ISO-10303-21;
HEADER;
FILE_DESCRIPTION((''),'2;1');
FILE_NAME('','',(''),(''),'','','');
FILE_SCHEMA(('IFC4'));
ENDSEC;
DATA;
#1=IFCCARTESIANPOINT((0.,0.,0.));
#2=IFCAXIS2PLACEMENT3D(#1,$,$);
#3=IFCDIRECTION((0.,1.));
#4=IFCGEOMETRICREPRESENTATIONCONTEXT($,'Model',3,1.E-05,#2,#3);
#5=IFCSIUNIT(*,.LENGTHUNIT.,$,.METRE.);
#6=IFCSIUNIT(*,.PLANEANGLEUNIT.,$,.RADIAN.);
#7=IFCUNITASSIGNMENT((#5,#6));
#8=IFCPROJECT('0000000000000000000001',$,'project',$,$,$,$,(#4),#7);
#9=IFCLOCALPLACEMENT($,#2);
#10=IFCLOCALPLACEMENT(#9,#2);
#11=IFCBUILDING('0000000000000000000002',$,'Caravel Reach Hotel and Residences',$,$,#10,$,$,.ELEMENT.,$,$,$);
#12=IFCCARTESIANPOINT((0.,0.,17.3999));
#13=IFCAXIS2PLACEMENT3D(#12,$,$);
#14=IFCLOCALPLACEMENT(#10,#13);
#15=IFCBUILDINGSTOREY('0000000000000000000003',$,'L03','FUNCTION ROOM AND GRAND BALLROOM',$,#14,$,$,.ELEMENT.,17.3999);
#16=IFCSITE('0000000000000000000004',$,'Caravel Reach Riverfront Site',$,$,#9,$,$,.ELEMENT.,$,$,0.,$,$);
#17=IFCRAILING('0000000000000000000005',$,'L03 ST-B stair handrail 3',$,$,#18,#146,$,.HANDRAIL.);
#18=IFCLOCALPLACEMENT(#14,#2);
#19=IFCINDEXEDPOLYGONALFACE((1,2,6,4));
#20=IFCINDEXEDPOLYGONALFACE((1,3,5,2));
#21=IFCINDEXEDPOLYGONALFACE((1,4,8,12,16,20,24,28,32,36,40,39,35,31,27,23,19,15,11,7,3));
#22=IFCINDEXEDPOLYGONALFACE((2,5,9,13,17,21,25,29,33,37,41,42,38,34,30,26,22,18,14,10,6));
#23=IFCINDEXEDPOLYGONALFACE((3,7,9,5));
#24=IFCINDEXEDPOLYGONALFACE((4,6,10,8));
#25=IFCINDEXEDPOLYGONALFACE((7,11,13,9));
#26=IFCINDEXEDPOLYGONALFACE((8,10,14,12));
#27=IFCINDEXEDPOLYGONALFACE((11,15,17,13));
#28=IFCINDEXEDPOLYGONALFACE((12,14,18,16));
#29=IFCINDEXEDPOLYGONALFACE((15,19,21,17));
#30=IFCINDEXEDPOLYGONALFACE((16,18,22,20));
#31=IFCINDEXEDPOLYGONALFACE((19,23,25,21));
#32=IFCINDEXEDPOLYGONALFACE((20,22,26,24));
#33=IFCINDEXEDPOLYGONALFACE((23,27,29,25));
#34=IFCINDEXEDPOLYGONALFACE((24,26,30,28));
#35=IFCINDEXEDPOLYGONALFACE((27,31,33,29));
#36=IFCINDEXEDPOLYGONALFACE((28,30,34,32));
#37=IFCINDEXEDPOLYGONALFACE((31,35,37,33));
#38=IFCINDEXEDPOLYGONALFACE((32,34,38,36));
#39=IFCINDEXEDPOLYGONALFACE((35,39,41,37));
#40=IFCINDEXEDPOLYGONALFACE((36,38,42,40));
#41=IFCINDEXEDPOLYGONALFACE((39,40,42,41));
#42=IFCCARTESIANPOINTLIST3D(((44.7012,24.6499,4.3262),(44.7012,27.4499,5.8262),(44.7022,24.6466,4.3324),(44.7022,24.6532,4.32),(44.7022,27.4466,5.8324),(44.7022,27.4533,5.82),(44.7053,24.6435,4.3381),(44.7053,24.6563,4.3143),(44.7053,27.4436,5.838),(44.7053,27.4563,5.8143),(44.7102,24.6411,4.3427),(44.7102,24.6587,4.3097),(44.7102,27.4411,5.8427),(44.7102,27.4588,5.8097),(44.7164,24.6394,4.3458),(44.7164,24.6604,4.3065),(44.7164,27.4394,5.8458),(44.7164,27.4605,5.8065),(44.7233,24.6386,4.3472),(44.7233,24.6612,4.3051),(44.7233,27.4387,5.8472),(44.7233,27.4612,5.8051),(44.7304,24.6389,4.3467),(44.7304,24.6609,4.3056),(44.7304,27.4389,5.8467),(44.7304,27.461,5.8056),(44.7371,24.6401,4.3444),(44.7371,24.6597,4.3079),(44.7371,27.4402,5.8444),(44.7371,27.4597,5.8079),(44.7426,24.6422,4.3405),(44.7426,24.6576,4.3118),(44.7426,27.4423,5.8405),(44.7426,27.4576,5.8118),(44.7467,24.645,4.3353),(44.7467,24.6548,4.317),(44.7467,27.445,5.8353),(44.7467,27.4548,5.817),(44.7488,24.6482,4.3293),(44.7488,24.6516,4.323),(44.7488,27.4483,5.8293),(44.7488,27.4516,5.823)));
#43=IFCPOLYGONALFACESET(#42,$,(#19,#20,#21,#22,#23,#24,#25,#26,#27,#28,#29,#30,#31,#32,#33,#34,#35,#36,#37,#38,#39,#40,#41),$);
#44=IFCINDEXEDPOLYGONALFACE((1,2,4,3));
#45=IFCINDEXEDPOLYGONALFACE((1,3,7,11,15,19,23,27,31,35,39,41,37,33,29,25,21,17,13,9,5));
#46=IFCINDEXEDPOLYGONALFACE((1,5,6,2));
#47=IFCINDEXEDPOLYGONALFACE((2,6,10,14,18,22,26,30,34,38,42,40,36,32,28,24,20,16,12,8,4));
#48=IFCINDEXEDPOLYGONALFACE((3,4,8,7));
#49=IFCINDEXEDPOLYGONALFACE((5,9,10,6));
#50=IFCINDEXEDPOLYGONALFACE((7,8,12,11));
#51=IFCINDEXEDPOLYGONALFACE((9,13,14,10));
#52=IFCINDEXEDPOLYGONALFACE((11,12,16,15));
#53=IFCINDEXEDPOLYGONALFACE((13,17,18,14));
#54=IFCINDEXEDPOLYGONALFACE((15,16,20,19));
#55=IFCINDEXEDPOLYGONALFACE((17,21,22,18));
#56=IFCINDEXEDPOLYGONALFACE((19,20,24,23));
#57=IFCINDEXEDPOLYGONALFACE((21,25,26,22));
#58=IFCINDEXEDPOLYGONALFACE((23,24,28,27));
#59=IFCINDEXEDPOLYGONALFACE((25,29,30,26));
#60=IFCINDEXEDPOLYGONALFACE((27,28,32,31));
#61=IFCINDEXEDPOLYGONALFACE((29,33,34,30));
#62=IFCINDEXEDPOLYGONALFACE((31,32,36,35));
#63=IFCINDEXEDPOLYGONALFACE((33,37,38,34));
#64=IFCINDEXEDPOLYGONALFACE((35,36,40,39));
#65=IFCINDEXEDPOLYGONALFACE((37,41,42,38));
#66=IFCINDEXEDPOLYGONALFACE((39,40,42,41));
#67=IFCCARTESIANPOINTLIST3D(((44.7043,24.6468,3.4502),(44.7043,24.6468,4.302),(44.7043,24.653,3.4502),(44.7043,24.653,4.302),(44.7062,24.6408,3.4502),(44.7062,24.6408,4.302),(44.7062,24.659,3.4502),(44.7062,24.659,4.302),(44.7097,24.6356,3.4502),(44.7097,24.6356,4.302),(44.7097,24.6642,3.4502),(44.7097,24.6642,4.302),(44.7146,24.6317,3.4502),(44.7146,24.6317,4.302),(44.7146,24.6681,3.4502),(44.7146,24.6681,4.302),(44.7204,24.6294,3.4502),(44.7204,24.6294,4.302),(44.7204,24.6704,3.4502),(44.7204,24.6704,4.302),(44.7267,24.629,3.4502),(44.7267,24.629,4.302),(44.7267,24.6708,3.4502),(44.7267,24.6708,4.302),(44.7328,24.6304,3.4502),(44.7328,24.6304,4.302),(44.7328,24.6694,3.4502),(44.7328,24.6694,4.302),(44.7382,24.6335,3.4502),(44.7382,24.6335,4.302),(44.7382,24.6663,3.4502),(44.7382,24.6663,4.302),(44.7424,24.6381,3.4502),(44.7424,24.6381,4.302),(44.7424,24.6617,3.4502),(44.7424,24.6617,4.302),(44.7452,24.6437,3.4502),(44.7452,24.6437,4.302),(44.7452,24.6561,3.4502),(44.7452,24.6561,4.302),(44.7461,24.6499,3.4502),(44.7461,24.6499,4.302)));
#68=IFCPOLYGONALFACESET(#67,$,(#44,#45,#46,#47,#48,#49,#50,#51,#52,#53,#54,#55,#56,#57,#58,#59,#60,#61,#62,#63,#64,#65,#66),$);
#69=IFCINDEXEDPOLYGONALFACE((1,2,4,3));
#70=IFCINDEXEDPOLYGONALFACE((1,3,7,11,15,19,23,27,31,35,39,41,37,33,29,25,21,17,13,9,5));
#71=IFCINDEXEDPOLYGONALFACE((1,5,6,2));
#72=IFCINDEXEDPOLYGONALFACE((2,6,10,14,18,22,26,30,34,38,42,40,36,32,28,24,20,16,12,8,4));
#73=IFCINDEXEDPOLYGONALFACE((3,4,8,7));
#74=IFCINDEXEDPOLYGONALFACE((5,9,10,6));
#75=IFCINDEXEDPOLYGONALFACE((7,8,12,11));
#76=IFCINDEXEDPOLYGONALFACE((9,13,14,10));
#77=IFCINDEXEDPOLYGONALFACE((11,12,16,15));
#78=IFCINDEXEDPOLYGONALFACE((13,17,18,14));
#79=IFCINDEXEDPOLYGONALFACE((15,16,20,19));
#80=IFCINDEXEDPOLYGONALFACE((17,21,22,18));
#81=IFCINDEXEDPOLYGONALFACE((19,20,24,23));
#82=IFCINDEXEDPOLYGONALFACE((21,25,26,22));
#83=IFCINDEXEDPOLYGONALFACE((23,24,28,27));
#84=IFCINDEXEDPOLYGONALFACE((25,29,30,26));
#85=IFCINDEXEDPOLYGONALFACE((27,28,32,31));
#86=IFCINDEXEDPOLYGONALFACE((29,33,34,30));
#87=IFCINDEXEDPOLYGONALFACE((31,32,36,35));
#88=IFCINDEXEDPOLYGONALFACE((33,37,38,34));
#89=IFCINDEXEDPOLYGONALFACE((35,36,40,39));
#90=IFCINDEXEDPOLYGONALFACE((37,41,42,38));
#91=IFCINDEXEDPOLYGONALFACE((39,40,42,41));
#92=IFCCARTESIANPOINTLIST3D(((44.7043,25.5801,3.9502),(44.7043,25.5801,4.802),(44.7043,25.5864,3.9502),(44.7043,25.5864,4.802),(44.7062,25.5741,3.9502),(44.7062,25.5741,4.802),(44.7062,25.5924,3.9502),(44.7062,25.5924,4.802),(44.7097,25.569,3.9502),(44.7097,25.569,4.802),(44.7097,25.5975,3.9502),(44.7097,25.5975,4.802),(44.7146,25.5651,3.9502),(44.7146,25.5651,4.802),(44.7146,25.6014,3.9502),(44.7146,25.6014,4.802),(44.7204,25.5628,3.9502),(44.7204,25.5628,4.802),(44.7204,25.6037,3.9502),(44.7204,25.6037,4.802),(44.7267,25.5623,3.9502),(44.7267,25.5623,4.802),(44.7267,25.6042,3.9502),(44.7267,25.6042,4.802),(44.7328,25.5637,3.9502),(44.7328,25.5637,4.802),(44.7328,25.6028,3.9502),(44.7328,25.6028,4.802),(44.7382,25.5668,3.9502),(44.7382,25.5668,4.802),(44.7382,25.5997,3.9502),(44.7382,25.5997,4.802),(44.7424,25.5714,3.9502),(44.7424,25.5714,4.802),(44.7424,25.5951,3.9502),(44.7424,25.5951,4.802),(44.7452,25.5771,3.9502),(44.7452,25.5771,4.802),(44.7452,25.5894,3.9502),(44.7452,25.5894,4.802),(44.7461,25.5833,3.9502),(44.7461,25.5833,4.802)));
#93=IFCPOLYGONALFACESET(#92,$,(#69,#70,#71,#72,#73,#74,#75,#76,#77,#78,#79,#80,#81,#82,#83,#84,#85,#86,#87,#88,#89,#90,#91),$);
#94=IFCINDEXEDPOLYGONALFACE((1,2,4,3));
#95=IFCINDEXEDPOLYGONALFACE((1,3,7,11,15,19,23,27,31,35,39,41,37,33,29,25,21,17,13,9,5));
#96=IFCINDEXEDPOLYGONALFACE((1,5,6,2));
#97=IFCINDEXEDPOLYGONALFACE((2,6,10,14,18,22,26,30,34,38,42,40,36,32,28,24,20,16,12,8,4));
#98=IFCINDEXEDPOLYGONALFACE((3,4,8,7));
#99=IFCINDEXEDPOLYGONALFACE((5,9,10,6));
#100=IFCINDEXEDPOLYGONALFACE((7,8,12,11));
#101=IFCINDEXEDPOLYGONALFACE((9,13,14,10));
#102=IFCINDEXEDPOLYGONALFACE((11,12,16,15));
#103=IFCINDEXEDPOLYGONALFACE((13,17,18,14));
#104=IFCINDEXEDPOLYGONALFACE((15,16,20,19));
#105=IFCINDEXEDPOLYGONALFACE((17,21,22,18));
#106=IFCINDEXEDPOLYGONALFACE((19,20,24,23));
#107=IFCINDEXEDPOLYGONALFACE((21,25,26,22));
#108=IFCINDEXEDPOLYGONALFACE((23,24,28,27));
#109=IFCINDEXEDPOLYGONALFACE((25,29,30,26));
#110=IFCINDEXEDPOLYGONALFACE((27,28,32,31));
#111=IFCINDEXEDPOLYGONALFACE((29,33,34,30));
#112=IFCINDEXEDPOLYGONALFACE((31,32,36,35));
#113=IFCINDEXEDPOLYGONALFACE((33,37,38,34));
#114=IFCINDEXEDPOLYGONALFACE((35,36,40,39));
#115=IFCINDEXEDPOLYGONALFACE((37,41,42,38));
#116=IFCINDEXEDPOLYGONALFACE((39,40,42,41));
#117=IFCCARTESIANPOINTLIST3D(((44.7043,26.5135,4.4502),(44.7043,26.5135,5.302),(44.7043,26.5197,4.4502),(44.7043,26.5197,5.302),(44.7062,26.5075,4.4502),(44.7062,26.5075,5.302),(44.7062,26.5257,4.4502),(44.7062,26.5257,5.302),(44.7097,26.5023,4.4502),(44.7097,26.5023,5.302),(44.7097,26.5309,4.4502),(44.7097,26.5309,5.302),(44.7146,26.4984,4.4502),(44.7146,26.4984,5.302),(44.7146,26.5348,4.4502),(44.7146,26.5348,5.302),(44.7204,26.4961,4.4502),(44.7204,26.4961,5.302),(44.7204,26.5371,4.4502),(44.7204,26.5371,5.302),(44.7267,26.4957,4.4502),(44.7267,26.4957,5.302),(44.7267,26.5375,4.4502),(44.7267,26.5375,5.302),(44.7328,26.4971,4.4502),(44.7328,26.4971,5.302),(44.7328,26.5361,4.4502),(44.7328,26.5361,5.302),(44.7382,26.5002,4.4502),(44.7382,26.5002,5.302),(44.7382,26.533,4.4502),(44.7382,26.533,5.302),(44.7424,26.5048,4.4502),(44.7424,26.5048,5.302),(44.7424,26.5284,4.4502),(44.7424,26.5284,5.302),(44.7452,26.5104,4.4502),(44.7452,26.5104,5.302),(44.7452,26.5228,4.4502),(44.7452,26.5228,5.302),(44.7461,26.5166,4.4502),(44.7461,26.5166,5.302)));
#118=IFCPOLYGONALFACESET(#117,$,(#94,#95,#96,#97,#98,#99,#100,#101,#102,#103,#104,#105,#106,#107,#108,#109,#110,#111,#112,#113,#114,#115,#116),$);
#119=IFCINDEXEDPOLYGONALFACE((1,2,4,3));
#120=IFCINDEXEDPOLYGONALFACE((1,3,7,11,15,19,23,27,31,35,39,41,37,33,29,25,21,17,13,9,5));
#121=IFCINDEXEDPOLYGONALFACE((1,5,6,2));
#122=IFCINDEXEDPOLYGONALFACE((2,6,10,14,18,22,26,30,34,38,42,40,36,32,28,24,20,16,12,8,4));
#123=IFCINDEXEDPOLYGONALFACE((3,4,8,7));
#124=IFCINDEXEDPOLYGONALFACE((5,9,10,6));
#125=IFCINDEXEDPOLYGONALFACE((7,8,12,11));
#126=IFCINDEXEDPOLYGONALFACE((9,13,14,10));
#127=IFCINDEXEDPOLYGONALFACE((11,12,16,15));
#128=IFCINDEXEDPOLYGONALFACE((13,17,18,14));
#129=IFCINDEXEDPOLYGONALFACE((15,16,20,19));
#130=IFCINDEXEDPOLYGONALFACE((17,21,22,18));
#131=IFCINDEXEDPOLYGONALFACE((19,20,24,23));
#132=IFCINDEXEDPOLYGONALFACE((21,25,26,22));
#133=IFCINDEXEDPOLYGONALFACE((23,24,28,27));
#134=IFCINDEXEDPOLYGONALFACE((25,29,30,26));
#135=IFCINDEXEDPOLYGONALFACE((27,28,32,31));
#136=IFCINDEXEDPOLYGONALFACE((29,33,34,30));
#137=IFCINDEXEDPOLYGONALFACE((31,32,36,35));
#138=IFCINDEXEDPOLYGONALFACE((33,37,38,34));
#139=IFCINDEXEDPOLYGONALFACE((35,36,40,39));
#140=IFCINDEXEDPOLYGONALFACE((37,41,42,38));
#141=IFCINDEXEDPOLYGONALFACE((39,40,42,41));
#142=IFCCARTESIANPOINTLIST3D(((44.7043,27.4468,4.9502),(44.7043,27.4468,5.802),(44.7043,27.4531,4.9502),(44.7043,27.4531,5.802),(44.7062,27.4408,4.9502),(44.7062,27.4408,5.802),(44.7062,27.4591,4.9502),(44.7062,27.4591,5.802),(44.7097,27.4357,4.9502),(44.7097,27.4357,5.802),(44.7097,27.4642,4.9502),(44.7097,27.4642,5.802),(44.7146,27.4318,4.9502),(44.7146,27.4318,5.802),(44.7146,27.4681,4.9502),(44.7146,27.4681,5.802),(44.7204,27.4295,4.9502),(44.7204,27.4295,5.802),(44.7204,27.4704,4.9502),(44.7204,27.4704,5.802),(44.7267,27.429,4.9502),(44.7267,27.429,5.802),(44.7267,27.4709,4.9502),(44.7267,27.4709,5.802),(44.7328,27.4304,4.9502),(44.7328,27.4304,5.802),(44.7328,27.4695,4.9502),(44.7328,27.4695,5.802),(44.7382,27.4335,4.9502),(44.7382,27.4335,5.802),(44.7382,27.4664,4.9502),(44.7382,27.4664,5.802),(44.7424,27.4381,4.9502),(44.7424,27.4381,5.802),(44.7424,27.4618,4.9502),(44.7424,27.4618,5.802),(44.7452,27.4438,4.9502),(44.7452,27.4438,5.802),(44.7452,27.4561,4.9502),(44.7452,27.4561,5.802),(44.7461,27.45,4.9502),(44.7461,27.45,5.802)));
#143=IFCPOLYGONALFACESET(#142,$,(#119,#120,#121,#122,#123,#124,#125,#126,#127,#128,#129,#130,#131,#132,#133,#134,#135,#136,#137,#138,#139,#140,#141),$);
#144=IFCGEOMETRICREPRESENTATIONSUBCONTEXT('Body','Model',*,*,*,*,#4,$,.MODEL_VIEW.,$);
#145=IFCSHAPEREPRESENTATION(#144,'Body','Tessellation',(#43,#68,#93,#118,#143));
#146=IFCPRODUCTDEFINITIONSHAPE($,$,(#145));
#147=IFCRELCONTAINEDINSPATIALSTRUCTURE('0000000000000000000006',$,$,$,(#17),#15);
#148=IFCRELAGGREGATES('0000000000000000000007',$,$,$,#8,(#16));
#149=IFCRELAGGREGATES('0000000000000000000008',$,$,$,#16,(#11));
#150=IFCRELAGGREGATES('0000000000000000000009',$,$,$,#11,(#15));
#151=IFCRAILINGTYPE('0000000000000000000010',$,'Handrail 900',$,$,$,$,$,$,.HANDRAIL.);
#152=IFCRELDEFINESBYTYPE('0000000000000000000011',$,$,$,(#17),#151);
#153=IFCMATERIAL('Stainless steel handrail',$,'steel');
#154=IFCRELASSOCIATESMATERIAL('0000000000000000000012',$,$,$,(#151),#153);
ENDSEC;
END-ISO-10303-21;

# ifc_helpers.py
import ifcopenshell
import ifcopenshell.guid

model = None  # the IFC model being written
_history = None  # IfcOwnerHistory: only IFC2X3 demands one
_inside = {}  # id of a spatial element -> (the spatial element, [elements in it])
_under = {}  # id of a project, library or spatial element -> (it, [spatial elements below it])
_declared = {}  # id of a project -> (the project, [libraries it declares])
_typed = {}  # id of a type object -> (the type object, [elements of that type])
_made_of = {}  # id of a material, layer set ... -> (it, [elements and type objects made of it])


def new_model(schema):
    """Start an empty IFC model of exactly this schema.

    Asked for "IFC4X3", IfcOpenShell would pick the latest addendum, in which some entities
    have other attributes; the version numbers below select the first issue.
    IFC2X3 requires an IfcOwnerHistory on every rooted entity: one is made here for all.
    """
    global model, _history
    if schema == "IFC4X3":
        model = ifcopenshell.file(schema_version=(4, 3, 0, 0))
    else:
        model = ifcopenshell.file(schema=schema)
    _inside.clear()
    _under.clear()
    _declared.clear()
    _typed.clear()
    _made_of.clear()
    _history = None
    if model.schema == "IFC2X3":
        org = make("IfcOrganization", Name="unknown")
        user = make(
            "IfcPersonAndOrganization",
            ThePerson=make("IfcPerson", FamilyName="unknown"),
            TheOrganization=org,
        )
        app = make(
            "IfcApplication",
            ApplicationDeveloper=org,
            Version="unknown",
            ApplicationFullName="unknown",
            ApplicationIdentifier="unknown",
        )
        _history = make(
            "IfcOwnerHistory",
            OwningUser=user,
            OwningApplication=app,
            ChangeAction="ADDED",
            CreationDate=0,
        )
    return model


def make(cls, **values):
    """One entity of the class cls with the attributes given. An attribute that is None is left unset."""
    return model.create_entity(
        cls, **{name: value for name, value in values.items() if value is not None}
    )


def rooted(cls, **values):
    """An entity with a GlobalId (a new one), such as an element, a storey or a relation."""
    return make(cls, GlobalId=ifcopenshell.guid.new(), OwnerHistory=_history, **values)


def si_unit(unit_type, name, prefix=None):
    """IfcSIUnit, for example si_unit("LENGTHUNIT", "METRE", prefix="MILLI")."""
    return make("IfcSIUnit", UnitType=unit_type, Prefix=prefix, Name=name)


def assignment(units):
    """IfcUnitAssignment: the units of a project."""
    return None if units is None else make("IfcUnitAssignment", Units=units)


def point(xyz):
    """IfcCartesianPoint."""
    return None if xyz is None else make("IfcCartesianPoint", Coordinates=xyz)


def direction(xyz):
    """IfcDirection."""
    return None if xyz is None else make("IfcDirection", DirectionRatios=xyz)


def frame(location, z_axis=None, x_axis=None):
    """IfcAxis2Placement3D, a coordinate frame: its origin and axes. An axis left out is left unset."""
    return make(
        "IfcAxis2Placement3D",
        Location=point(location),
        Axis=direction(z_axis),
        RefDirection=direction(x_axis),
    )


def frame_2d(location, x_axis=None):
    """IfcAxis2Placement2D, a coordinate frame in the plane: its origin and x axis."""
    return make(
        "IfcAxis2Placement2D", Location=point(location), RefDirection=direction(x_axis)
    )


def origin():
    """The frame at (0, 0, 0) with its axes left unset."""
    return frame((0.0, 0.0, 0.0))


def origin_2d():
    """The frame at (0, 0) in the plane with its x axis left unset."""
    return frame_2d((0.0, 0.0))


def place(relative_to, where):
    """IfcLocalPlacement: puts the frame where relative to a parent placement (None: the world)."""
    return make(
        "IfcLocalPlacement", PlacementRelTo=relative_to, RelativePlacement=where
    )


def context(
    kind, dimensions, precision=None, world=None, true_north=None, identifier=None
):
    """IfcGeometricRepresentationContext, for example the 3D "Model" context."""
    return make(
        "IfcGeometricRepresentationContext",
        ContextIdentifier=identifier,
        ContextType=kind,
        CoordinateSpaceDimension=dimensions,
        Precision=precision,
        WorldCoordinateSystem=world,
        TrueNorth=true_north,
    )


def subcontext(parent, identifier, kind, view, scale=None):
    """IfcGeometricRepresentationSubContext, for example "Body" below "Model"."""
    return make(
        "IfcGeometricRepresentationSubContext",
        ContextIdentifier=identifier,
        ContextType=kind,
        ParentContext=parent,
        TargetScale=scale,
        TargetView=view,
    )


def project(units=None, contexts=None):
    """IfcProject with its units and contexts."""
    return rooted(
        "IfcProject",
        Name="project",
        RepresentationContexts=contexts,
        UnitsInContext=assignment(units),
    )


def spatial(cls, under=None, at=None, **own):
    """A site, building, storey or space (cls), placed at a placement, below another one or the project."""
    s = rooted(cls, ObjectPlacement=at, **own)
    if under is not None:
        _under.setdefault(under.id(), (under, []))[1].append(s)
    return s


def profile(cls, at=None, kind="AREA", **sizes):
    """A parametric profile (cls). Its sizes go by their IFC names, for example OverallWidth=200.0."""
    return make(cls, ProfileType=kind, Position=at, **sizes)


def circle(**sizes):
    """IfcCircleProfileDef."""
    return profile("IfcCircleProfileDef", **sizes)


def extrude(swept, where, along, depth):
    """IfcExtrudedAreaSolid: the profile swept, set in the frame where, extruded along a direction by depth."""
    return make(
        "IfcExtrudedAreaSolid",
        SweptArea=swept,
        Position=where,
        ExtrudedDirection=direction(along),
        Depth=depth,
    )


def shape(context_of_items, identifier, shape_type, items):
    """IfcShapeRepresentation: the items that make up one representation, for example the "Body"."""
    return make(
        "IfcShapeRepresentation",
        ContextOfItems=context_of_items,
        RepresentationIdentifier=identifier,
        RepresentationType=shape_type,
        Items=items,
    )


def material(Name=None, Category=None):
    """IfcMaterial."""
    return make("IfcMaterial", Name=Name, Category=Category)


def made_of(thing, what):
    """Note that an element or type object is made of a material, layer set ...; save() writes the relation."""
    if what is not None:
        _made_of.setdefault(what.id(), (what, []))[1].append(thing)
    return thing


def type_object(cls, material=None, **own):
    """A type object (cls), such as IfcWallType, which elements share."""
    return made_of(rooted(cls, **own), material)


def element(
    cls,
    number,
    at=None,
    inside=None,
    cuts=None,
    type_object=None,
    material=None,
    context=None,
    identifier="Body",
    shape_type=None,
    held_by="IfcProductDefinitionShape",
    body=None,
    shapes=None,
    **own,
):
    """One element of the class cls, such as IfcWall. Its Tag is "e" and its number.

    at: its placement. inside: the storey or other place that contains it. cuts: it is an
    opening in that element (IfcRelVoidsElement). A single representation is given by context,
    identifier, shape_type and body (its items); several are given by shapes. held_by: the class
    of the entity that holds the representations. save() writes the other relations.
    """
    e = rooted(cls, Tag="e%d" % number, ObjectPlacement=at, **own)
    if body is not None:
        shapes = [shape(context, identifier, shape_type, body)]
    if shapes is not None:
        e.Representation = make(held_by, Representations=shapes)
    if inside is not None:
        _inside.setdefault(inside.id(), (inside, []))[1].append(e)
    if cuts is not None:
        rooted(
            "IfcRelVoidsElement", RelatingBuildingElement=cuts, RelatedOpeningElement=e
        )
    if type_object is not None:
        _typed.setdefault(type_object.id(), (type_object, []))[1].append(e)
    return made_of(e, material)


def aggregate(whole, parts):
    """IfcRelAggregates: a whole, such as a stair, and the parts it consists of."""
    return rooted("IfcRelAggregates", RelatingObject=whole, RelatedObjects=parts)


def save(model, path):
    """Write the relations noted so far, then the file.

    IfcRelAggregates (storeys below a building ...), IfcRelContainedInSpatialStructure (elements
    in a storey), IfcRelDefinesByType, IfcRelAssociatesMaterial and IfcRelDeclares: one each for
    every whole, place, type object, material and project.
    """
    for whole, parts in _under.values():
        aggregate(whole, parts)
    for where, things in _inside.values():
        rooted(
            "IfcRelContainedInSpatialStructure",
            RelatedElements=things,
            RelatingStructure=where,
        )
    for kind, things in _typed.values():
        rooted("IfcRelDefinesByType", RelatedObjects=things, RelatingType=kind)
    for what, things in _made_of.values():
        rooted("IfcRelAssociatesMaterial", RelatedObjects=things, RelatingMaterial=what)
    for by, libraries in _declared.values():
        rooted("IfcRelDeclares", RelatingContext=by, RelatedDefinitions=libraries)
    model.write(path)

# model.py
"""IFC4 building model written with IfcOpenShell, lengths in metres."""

from ifc_helpers import new_model, si_unit, direction, frame, origin, origin_2d, place, context, subcontext, project, spatial, circle, extrude, material, type_object, element, save


model = new_model("IFC4")

# Units and contexts
model_context = context("Model", 3, precision=1e-05, world=origin(), true_north=direction((0.0, 1.0)))
body_context = subcontext(model_context, "Body", "Model", "MODEL_VIEW")
ifc_project = project(units=[si_unit("LENGTHUNIT", "METRE"), si_unit("PLANEANGLEUNIT", "RADIAN")], contexts=[model_context])

# Site, building, storey
site_placement = place(None, origin())
site = spatial("IfcSite", under=ifc_project, at=site_placement, Name="Caravel Reach Riverfront Site", CompositionType="ELEMENT", RefElevation=0.0)
building_placement = place(site_placement, origin())
building = spatial("IfcBuilding", under=site, at=building_placement, Name="Caravel Reach Hotel and Residences", CompositionType="ELEMENT")
storey_placement = place(building_placement, frame((0.0, 0.0, 17.3999)))
storey = spatial("IfcBuildingStorey", under=building, at=storey_placement, Name="L03", Description="FUNCTION ROOM AND GRAND BALLROOM", CompositionType="ELEMENT", Elevation=17.3999)

# Railing
ifc_material_1 = material(Name="Stainless steel handrail", Category="steel")
railing_type_1 = type_object("IfcRailingType", Name="Handrail 900", PredefinedType="HANDRAIL", material=ifc_material_1)
for number, where, name in (
    (1, (44.7251, 24.6499, 3.4502), "L03 ST-B stair handrail 3"),
):
    element("IfcRailing", number, at=place(storey_placement, frame(where)), inside=storey, type_object=railing_type_1, Name=name, PredefinedType="HANDRAIL", context=body_context, shape_type="SweptSolid", body=[
        extrude(circle(Radius=0.0239, at=origin_2d()), frame((0.0, 0.0, 0.876), z_axis=(0.0, 0.881483, 0.472215), x_axis=(-1.0, 0.0, 0.0)), (0.0, 0.0, 1.0), 3.1765),
        extrude(circle(Radius=0.021, at=origin_2d()), origin(), (0.0, 0.0, 1.0), 0.8518),
        extrude(circle(Radius=0.021, at=origin_2d()), frame((0.0, 0.9333, 0.5)), (0.0, 0.0, 1.0), 0.8518),
        extrude(circle(Radius=0.021, at=origin_2d()), frame((0.0, 1.8667, 1.0)), (0.0, 0.0, 1.0), 0.8518),
        extrude(circle(Radius=0.021, at=origin_2d()), frame((0.0, 2.8, 1.5)), (0.0, 0.0, 1.0), 0.8518),
    ])

save(model, "model.ifc")
